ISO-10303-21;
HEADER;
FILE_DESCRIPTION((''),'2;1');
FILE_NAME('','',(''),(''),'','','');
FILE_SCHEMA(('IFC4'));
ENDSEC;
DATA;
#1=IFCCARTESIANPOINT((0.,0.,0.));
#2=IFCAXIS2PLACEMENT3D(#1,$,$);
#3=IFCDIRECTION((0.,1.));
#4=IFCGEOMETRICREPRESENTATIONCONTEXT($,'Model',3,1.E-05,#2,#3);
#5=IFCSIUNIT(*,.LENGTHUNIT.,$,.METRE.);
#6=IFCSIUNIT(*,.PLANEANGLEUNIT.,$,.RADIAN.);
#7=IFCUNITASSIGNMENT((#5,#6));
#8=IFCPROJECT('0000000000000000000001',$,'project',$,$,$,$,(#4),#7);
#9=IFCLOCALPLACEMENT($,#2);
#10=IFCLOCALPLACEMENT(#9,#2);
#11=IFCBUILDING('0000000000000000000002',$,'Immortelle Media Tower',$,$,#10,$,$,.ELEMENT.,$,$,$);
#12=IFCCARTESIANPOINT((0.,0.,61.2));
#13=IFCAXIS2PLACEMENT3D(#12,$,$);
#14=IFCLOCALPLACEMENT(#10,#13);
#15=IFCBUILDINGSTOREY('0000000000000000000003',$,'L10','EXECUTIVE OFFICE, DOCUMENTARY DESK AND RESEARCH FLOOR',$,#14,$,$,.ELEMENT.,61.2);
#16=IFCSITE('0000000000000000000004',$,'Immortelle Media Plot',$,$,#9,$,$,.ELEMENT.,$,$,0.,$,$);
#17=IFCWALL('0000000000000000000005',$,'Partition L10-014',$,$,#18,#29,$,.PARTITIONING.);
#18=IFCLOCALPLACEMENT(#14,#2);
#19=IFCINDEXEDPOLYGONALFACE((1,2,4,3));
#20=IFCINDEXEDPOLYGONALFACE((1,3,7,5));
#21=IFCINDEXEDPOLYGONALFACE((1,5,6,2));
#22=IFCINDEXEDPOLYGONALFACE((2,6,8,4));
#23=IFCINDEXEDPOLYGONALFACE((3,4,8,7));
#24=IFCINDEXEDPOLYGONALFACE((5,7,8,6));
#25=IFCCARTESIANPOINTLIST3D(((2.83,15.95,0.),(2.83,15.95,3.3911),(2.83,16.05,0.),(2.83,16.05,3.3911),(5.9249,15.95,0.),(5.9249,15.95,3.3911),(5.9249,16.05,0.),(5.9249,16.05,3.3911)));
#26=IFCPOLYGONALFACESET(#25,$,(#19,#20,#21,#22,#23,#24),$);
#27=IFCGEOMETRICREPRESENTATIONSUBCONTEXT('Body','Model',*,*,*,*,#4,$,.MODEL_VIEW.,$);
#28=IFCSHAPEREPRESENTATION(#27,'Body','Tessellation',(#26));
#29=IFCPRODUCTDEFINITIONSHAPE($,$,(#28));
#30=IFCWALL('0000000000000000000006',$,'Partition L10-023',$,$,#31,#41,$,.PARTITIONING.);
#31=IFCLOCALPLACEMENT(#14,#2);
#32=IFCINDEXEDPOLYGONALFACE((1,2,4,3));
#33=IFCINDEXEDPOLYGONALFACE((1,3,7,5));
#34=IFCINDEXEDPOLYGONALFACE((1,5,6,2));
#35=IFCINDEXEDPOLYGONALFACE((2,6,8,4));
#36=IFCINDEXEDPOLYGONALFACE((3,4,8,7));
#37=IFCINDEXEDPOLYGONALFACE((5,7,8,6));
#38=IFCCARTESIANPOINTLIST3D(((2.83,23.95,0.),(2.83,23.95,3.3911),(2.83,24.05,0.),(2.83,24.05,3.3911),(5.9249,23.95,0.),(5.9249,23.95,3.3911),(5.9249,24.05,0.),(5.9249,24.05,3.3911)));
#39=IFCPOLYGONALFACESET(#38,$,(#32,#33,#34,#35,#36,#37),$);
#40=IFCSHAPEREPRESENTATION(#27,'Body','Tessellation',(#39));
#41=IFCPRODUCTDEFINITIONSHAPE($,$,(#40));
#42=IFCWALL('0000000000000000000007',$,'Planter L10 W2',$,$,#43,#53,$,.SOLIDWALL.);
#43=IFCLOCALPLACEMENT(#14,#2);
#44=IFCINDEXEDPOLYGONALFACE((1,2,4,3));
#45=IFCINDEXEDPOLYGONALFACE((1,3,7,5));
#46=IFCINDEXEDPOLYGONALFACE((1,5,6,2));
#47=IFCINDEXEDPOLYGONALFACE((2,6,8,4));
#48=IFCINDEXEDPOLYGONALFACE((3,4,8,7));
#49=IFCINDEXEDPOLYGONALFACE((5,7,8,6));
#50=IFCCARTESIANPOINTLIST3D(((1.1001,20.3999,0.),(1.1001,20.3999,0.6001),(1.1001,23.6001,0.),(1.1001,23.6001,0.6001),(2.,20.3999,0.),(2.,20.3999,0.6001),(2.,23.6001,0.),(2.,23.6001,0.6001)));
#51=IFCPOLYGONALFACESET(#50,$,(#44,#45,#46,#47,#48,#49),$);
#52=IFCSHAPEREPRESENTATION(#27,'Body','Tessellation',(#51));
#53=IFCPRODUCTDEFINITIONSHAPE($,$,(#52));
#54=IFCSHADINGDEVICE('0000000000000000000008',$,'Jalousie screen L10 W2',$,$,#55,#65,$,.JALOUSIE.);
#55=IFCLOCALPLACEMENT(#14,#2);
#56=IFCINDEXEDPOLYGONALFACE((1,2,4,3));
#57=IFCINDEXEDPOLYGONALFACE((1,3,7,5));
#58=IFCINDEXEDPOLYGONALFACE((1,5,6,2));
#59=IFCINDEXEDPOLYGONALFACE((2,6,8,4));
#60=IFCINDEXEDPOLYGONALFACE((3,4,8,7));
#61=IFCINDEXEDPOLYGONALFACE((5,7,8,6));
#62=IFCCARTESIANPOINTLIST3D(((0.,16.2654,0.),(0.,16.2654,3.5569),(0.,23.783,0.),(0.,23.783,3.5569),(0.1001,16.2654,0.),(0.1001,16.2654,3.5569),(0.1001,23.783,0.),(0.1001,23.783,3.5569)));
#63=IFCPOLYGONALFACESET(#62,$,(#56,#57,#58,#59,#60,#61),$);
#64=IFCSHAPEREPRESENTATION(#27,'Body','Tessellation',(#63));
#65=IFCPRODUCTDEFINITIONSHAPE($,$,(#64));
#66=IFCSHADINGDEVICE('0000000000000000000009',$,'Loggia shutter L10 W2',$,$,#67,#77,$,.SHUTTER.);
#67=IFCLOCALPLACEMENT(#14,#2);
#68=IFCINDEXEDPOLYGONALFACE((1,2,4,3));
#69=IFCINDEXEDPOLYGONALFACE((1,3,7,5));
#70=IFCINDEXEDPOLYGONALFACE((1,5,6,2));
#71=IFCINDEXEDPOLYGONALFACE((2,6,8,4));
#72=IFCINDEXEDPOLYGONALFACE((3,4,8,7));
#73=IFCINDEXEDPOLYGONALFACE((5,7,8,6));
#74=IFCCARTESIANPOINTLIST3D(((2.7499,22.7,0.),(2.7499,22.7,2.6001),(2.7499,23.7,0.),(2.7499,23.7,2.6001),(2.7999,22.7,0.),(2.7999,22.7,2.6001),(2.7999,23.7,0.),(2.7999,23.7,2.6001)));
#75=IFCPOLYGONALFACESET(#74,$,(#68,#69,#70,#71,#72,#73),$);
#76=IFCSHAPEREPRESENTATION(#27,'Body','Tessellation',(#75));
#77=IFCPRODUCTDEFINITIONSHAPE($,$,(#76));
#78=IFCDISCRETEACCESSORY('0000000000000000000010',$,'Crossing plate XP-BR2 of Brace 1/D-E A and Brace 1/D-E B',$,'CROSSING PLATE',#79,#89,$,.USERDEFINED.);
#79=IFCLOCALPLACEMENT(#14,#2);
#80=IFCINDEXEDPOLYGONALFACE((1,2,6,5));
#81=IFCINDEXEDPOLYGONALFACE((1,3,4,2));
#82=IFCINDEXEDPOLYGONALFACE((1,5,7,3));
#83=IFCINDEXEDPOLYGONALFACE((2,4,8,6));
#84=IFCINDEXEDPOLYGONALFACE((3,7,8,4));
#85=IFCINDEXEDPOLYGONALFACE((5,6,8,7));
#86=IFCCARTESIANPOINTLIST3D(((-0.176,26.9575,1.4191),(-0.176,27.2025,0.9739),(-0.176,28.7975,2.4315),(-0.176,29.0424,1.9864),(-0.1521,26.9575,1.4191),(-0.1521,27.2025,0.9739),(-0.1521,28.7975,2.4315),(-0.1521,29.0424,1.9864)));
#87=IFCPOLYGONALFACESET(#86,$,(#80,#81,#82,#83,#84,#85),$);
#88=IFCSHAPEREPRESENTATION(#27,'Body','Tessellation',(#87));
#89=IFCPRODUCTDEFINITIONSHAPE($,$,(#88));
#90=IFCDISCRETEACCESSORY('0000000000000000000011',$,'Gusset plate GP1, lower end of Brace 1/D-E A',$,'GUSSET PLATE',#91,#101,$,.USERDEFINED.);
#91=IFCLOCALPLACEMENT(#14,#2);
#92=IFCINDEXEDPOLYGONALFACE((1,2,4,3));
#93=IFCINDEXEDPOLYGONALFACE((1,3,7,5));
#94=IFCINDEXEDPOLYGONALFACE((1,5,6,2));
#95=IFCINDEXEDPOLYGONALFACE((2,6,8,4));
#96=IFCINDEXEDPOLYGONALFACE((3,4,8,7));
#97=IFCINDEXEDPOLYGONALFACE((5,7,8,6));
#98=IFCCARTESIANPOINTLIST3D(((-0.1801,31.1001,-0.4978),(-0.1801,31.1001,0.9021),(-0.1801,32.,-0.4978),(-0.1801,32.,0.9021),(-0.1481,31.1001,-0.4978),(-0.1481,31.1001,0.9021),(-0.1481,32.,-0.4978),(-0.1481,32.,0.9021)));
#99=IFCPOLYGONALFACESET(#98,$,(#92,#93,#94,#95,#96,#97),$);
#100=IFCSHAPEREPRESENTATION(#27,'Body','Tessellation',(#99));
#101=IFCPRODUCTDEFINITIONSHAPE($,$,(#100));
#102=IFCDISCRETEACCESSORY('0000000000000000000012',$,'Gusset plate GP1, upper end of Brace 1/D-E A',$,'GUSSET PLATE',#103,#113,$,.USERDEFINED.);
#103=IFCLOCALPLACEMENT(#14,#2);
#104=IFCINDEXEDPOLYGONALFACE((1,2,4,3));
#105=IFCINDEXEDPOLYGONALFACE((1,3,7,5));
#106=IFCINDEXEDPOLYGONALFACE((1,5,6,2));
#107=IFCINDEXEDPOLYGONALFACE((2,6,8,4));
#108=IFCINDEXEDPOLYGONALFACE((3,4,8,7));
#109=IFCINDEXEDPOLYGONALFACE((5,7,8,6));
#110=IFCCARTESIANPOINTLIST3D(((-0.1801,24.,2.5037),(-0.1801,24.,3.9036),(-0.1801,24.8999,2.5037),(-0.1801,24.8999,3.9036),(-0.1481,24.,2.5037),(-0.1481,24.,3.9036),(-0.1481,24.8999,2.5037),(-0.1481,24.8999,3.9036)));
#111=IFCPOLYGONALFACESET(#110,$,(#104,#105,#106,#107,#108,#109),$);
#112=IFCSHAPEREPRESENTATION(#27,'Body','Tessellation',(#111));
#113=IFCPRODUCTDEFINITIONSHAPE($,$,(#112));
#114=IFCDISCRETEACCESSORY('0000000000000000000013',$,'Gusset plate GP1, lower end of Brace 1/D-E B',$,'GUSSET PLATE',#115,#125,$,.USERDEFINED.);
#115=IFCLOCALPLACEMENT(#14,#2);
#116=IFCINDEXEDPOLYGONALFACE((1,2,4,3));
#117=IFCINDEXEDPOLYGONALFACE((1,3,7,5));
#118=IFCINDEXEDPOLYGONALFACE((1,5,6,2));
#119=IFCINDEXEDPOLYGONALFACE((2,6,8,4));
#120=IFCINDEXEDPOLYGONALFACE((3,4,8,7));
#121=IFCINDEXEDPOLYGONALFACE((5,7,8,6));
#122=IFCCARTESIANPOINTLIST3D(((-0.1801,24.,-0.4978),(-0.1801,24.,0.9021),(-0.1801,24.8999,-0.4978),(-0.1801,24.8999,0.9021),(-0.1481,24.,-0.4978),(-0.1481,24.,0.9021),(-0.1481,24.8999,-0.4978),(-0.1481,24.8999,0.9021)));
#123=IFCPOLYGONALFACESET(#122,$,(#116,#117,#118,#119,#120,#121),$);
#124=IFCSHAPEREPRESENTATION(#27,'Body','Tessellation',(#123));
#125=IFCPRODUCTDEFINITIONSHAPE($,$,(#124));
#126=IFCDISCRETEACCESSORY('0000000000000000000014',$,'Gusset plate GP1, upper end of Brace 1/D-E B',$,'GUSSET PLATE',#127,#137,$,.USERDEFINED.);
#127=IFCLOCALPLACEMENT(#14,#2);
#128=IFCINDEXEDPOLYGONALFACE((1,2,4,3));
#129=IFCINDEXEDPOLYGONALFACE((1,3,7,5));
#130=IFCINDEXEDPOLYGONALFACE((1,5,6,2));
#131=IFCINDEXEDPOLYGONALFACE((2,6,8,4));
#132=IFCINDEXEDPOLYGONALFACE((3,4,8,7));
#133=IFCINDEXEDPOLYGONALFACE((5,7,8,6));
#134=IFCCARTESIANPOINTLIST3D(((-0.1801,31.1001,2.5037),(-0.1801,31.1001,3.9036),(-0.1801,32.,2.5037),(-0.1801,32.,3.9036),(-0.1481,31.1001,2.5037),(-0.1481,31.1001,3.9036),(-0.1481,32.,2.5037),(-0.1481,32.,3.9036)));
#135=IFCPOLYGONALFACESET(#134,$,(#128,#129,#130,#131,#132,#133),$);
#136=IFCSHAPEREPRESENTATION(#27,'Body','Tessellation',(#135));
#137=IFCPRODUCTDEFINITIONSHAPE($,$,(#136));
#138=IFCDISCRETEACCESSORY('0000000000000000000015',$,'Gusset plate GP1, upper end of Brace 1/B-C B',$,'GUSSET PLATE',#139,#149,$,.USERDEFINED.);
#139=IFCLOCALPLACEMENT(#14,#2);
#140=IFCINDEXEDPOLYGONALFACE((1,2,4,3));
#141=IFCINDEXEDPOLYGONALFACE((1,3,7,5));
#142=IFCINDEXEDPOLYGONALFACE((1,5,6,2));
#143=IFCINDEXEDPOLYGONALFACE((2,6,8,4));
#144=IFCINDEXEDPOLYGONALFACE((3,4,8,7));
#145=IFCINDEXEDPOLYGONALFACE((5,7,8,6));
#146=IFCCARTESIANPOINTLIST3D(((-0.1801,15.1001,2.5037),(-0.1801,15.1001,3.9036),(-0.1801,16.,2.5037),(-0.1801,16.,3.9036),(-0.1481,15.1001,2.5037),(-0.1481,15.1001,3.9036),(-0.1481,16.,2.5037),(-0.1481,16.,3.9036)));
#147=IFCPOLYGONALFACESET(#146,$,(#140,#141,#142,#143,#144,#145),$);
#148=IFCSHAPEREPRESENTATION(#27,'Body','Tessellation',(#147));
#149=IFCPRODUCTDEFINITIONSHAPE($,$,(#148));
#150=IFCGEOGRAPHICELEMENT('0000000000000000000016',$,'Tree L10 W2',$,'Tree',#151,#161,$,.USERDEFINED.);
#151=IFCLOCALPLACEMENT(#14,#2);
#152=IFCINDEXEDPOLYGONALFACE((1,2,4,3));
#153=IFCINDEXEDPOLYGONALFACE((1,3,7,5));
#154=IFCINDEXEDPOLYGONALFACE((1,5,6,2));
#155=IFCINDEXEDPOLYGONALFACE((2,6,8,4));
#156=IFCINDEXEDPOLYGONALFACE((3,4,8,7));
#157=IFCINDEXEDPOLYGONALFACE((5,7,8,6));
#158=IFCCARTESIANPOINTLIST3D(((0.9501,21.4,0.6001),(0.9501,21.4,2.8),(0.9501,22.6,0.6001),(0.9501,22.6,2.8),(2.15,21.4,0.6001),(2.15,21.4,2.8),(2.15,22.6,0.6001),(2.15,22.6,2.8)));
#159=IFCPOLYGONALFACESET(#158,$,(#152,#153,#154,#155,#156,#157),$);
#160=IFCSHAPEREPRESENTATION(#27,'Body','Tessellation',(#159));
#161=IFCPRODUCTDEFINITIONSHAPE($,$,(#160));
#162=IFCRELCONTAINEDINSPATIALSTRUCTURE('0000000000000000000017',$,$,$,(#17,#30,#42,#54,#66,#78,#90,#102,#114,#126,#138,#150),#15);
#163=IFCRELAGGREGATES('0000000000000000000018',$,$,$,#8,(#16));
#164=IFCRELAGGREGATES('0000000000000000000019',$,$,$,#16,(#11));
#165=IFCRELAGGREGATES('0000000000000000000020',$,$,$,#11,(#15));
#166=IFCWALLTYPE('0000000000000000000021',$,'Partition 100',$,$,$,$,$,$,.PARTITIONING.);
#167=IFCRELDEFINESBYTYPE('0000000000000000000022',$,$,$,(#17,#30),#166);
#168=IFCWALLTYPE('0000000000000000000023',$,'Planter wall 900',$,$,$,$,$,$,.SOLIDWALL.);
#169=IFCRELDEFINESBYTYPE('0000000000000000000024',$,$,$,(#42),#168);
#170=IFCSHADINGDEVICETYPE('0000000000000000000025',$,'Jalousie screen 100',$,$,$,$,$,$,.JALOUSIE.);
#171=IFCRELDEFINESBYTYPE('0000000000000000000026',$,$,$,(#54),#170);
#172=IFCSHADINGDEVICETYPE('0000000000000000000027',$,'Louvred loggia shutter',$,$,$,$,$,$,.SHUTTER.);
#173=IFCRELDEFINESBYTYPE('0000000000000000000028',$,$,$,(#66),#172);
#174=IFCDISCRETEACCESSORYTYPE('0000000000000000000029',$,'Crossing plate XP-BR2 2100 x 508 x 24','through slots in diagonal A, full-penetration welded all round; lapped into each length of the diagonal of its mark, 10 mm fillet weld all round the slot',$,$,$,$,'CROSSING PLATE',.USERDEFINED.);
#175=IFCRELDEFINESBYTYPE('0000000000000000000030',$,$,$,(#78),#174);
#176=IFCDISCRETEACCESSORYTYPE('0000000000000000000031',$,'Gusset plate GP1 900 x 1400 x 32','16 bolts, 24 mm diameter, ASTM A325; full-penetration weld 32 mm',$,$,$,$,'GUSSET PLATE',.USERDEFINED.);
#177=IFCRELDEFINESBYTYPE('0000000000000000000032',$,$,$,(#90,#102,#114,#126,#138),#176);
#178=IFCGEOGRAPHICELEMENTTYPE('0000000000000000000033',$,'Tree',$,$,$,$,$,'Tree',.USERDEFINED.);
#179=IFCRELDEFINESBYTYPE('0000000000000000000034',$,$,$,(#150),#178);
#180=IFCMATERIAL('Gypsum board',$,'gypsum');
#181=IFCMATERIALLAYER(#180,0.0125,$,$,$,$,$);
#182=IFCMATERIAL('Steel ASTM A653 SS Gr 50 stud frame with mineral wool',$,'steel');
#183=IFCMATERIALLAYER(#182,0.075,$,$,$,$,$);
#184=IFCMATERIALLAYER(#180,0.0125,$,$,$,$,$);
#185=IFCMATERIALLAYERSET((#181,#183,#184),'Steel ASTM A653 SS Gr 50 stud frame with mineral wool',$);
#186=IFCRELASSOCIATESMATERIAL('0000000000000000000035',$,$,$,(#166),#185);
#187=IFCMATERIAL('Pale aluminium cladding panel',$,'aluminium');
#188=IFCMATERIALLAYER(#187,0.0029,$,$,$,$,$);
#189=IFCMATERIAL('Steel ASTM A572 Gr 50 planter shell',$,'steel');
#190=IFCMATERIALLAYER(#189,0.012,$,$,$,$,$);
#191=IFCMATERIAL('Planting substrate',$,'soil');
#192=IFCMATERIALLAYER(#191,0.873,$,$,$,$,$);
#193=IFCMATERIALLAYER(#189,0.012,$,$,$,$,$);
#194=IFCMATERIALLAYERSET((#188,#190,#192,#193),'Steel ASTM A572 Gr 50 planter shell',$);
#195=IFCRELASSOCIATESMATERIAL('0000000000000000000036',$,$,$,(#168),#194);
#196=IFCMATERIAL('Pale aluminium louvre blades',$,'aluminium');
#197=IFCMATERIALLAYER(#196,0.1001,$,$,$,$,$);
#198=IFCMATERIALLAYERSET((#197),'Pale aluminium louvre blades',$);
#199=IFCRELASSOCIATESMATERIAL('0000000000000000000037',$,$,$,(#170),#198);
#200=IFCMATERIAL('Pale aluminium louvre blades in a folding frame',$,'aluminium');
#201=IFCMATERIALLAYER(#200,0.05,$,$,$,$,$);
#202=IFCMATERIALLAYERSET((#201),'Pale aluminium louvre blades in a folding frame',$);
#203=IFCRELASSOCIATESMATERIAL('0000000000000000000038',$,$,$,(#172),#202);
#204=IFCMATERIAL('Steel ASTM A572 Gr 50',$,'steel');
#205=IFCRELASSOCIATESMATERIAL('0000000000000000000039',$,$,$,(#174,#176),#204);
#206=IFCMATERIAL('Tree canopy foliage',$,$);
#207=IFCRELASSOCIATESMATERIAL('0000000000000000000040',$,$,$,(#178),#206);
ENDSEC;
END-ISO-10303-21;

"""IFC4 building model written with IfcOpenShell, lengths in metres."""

from ifc_helpers import new_model, si_unit, direction, frame, frame_2d, origin, origin_2d, place, context, subcontext, project, spatial, rectangle, extrude, material, layer, layer_set, material_profile, profile_set, type_object, element, save


model = new_model("IFC4")

# Units and contexts
model_context = context("Model", 3, precision=1e-05, world=origin(), true_north=direction((0.0, 1.0)))
body_context = subcontext(model_context, "Body", "Model", "MODEL_VIEW")
ifc_project = project(units=[si_unit("LENGTHUNIT", "METRE"), si_unit("PLANEANGLEUNIT", "RADIAN")], contexts=[model_context])

# Site, building, storey
site_placement = place(None, origin())
site = spatial("IfcSite", under=ifc_project, at=site_placement, Name="Immortelle Media Plot", CompositionType="ELEMENT", RefElevation=0.0)
building_placement = place(site_placement, origin())
building = spatial("IfcBuilding", under=site, at=building_placement, Name="Immortelle Media Tower", CompositionType="ELEMENT")
storey_placement = place(building_placement, frame((0.0, 0.0, 61.2)))
storey = spatial("IfcBuildingStorey", under=building, at=storey_placement, Name="L10", Description="EXECUTIVE OFFICE, DOCUMENTARY DESK AND RESEARCH FLOOR", CompositionType="ELEMENT", Elevation=61.2)

# Shared definitions
ifc_material_1 = material(Name="Steel ASTM A653 SS Gr 50 stud frame with mineral wool", Category="steel")

# Shared definitions
ifc_material_2 = material(Name="Pale aluminium cladding panel", Category="aluminium")

# Walls
ifc_material_3 = material(Name="Gypsum board", Category="gypsum")
ifc_layer_1 = layer(ifc_material_3, 0.0125)
ifc_layer_2 = layer(ifc_material_1, 0.075)
ifc_layer_3 = layer(ifc_material_3, 0.0125)
ifc_layer_set_1 = layer_set([ifc_layer_1, ifc_layer_2, ifc_layer_3], Name="Steel ASTM A653 SS Gr 50 stud frame with mineral wool")
wall_type_1 = type_object("IfcWallType", Name="Partition 100", PredefinedType="PARTITIONING", material=ifc_layer_set_1)
for number, where, z_axis, x_axis, name in (
    (1, (2.8301, 16.0, 0.0), (0.0, 0.0, 1.0), (1.0, 0.0, 0.0), "Partition L10-014"),
    (2, (2.8301, 24.0, 0.0), (0.0, 0.0, 1.0), (1.0, 0.0, 0.0), "Partition L10-023"),
):
    element("IfcWall", number, at=place(storey_placement, frame(where, z_axis=z_axis, x_axis=x_axis)), inside=storey, type_object=wall_type_1, Name=name, PredefinedType="PARTITIONING", context=body_context, shape_type="SweptSolid", body=[
        extrude(rectangle(XDim=3.095, YDim=0.1001, at=frame_2d((1.5474, 0.0))), origin(), (0.0, 0.0, 1.0), 3.3911),
    ])
ifc_layer_4 = layer(ifc_material_2, 0.0029)
ifc_material_4 = material(Name="Steel ASTM A572 Gr 50 planter shell", Category="steel")
ifc_layer_5 = layer(ifc_material_4, 0.012)
ifc_material_5 = material(Name="Planting substrate", Category="soil")
ifc_layer_6 = layer(ifc_material_5, 0.873)
ifc_layer_7 = layer(ifc_material_4, 0.012)
ifc_layer_set_2 = layer_set([ifc_layer_4, ifc_layer_5, ifc_layer_6, ifc_layer_7], Name="Steel ASTM A572 Gr 50 planter shell")
wall_type_2 = type_object("IfcWallType", Name="Planter wall 900", PredefinedType="SOLIDWALL", material=ifc_layer_set_2)
wall_1_placement = place(storey_placement, frame((1.55, 23.6001, 0.0), z_axis=(0.0, 0.0, 1.0), x_axis=(0.0, -1.0, 0.0)))
element("IfcWall", 3, at=wall_1_placement, inside=storey, type_object=wall_type_2, Name="Planter L10 W2", PredefinedType="SOLIDWALL", context=body_context, shape_type="SweptSolid", body=[
    extrude(rectangle(XDim=3.2002, YDim=0.8999, at=frame_2d((1.6001, 0.0))), origin(), (0.0, 0.0, 1.0), 0.6001),
])

# Shading devices
ifc_material_6 = material(Name="Pale aluminium louvre blades", Category="aluminium")
ifc_layer_8 = layer(ifc_material_6, 0.1001)
ifc_layer_set_3 = layer_set([ifc_layer_8], Name="Pale aluminium louvre blades")
shading_device_type_1 = type_object("IfcShadingDeviceType", Name="Jalousie screen 100", PredefinedType="JALOUSIE", material=ifc_layer_set_3)
shading_device_1_placement = place(storey_placement, frame((0.05, 20.0242, 0.0), z_axis=(0.0, 0.0, 1.0), x_axis=(0.0, -1.0, 0.0)))
element("IfcShadingDevice", 4, at=shading_device_1_placement, inside=storey, type_object=shading_device_type_1, Name="Jalousie screen L10 W2", PredefinedType="JALOUSIE", context=body_context, shape_type="SweptSolid", body=[
    extrude(rectangle(XDim=7.5176, YDim=0.1001, at=origin_2d()), origin(), (0.0, 0.0, 1.0), 3.5569),
])
ifc_material_7 = material(Name="Pale aluminium louvre blades in a folding frame", Category="aluminium")
ifc_layer_9 = layer(ifc_material_7, 0.05)
ifc_layer_set_4 = layer_set([ifc_layer_9], Name="Pale aluminium louvre blades in a folding frame")
shading_device_type_2 = type_object("IfcShadingDeviceType", Name="Louvred loggia shutter", PredefinedType="SHUTTER", material=ifc_layer_set_4)
shading_device_2_placement = place(storey_placement, frame((2.7749, 23.2, 0.0), z_axis=(0.0, 0.0, 1.0), x_axis=(0.0, -1.0, 0.0)))
element("IfcShadingDevice", 5, at=shading_device_2_placement, inside=storey, type_object=shading_device_type_2, Name="Loggia shutter L10 W2", PredefinedType="SHUTTER", context=body_context, shape_type="SweptSolid", body=[
    extrude(rectangle(XDim=1.0, YDim=0.05, at=origin_2d()), origin(), (0.0, 0.0, 1.0), 2.6001),
])

# Discrete accessories
ifc_material_8 = material(Name="Steel ASTM A572 Gr 50", Category="steel")
ifc_material_profile_1 = material_profile(ifc_material_8, rectangle(XDim=0.0239, YDim=0.5081, at=origin_2d()), Name="PL 24 x 508")
ifc_profile_set_1 = profile_set([ifc_material_profile_1], Name="Steel ASTM A572 Gr 50")
discrete_accessory_type_1 = type_object("IfcDiscreteAccessoryType", Name="Crossing plate XP-BR2 2100 x 508 x 24", Description="through slots in diagonal A, full-penetration welded all round; lapped into each length of the diagonal of its mark, 10 mm fillet weld all round the slot", ElementType="CROSSING PLATE", PredefinedType="USERDEFINED", material=ifc_profile_set_1)
discrete_accessory_placement = place(storey_placement, frame((-0.1641, 28.9199, 2.209), z_axis=(0.0, -0.876108, -0.482115), x_axis=(1.0, 0.0, 0.0)))
element("IfcDiscreteAccessory", 6, at=discrete_accessory_placement, inside=storey, type_object=discrete_accessory_type_1, Name="Crossing plate XP-BR2 of Brace 1/D-E A and Brace 1/D-E B", ObjectType="CROSSING PLATE", PredefinedType="USERDEFINED", context=body_context, shape_type="SweptSolid", body=[
    extrude(rectangle(XDim=0.0239, YDim=0.5081, at=origin_2d()), origin(), (0.0, 0.0, 1.0), 2.1001),
])
ifc_material_profile_2 = material_profile(ifc_material_8, rectangle(XDim=0.032, YDim=1.3999, at=origin_2d()), Name="PL 32 x 1400")
ifc_profile_set_2 = profile_set([ifc_material_profile_2], Name="Steel ASTM A572 Gr 50")
discrete_accessory_type_2 = type_object("IfcDiscreteAccessoryType", Name="Gusset plate GP1 900 x 1400 x 32", Description="16 bolts, 24 mm diameter, ASTM A325; full-penetration weld 32 mm", ElementType="GUSSET PLATE", PredefinedType="USERDEFINED", material=ifc_profile_set_2)
for number, where, z_axis, x_axis, name in (
    (7, (-0.1641, 32.0, 0.2021), (0.0, -1.0, 0.0), (1.0, 0.0, 0.0), "Gusset plate GP1, lower end of Brace 1/D-E A"),
    (8, (-0.1641, 24.0, 3.2036), (0.0, 1.0, 0.0), (-1.0, 0.0, 0.0), "Gusset plate GP1, upper end of Brace 1/D-E A"),
    (9, (-0.1641, 24.0, 0.2021), (0.0, 1.0, 0.0), (-1.0, 0.0, 0.0), "Gusset plate GP1, lower end of Brace 1/D-E B"),
    (10, (-0.1641, 32.0, 3.2036), (0.0, -1.0, 0.0), (1.0, 0.0, 0.0), "Gusset plate GP1, upper end of Brace 1/D-E B"),
    (11, (-0.1641, 16.0, 3.2036), (0.0, -1.0, 0.0), (1.0, 0.0, 0.0), "Gusset plate GP1, upper end of Brace 1/B-C B"),
):
    element("IfcDiscreteAccessory", number, at=place(storey_placement, frame(where, z_axis=z_axis, x_axis=x_axis)), inside=storey, type_object=discrete_accessory_type_2, Name=name, ObjectType="GUSSET PLATE", PredefinedType="USERDEFINED", context=body_context, shape_type="SweptSolid", body=[
        extrude(rectangle(XDim=0.032, YDim=1.3999, at=origin_2d()), origin(), (0.0, 0.0, 1.0), 0.8999),
    ])

# Geographic element
ifc_material_9 = material(Name="Tree canopy foliage")
geographic_element_type = type_object("IfcGeographicElementType", Name="Tree", ElementType="Tree", PredefinedType="USERDEFINED", material=ifc_material_9)
geographic_element_placement = place(storey_placement, frame((1.55, 22.0, 0.6001), z_axis=(0.0, 0.0, 1.0), x_axis=(1.0, 0.0, 0.0)))
element("IfcGeographicElement", 12, at=geographic_element_placement, inside=storey, type_object=geographic_element_type, Name="Tree L10 W2", ObjectType="Tree", PredefinedType="USERDEFINED", context=body_context, shape_type="SweptSolid", body=[
    extrude(rectangle(XDim=1.2, YDim=1.2, at=origin_2d()), origin(), (0.0, 0.0, 1.0), 2.2),
])

save(model, "model.ifc")
